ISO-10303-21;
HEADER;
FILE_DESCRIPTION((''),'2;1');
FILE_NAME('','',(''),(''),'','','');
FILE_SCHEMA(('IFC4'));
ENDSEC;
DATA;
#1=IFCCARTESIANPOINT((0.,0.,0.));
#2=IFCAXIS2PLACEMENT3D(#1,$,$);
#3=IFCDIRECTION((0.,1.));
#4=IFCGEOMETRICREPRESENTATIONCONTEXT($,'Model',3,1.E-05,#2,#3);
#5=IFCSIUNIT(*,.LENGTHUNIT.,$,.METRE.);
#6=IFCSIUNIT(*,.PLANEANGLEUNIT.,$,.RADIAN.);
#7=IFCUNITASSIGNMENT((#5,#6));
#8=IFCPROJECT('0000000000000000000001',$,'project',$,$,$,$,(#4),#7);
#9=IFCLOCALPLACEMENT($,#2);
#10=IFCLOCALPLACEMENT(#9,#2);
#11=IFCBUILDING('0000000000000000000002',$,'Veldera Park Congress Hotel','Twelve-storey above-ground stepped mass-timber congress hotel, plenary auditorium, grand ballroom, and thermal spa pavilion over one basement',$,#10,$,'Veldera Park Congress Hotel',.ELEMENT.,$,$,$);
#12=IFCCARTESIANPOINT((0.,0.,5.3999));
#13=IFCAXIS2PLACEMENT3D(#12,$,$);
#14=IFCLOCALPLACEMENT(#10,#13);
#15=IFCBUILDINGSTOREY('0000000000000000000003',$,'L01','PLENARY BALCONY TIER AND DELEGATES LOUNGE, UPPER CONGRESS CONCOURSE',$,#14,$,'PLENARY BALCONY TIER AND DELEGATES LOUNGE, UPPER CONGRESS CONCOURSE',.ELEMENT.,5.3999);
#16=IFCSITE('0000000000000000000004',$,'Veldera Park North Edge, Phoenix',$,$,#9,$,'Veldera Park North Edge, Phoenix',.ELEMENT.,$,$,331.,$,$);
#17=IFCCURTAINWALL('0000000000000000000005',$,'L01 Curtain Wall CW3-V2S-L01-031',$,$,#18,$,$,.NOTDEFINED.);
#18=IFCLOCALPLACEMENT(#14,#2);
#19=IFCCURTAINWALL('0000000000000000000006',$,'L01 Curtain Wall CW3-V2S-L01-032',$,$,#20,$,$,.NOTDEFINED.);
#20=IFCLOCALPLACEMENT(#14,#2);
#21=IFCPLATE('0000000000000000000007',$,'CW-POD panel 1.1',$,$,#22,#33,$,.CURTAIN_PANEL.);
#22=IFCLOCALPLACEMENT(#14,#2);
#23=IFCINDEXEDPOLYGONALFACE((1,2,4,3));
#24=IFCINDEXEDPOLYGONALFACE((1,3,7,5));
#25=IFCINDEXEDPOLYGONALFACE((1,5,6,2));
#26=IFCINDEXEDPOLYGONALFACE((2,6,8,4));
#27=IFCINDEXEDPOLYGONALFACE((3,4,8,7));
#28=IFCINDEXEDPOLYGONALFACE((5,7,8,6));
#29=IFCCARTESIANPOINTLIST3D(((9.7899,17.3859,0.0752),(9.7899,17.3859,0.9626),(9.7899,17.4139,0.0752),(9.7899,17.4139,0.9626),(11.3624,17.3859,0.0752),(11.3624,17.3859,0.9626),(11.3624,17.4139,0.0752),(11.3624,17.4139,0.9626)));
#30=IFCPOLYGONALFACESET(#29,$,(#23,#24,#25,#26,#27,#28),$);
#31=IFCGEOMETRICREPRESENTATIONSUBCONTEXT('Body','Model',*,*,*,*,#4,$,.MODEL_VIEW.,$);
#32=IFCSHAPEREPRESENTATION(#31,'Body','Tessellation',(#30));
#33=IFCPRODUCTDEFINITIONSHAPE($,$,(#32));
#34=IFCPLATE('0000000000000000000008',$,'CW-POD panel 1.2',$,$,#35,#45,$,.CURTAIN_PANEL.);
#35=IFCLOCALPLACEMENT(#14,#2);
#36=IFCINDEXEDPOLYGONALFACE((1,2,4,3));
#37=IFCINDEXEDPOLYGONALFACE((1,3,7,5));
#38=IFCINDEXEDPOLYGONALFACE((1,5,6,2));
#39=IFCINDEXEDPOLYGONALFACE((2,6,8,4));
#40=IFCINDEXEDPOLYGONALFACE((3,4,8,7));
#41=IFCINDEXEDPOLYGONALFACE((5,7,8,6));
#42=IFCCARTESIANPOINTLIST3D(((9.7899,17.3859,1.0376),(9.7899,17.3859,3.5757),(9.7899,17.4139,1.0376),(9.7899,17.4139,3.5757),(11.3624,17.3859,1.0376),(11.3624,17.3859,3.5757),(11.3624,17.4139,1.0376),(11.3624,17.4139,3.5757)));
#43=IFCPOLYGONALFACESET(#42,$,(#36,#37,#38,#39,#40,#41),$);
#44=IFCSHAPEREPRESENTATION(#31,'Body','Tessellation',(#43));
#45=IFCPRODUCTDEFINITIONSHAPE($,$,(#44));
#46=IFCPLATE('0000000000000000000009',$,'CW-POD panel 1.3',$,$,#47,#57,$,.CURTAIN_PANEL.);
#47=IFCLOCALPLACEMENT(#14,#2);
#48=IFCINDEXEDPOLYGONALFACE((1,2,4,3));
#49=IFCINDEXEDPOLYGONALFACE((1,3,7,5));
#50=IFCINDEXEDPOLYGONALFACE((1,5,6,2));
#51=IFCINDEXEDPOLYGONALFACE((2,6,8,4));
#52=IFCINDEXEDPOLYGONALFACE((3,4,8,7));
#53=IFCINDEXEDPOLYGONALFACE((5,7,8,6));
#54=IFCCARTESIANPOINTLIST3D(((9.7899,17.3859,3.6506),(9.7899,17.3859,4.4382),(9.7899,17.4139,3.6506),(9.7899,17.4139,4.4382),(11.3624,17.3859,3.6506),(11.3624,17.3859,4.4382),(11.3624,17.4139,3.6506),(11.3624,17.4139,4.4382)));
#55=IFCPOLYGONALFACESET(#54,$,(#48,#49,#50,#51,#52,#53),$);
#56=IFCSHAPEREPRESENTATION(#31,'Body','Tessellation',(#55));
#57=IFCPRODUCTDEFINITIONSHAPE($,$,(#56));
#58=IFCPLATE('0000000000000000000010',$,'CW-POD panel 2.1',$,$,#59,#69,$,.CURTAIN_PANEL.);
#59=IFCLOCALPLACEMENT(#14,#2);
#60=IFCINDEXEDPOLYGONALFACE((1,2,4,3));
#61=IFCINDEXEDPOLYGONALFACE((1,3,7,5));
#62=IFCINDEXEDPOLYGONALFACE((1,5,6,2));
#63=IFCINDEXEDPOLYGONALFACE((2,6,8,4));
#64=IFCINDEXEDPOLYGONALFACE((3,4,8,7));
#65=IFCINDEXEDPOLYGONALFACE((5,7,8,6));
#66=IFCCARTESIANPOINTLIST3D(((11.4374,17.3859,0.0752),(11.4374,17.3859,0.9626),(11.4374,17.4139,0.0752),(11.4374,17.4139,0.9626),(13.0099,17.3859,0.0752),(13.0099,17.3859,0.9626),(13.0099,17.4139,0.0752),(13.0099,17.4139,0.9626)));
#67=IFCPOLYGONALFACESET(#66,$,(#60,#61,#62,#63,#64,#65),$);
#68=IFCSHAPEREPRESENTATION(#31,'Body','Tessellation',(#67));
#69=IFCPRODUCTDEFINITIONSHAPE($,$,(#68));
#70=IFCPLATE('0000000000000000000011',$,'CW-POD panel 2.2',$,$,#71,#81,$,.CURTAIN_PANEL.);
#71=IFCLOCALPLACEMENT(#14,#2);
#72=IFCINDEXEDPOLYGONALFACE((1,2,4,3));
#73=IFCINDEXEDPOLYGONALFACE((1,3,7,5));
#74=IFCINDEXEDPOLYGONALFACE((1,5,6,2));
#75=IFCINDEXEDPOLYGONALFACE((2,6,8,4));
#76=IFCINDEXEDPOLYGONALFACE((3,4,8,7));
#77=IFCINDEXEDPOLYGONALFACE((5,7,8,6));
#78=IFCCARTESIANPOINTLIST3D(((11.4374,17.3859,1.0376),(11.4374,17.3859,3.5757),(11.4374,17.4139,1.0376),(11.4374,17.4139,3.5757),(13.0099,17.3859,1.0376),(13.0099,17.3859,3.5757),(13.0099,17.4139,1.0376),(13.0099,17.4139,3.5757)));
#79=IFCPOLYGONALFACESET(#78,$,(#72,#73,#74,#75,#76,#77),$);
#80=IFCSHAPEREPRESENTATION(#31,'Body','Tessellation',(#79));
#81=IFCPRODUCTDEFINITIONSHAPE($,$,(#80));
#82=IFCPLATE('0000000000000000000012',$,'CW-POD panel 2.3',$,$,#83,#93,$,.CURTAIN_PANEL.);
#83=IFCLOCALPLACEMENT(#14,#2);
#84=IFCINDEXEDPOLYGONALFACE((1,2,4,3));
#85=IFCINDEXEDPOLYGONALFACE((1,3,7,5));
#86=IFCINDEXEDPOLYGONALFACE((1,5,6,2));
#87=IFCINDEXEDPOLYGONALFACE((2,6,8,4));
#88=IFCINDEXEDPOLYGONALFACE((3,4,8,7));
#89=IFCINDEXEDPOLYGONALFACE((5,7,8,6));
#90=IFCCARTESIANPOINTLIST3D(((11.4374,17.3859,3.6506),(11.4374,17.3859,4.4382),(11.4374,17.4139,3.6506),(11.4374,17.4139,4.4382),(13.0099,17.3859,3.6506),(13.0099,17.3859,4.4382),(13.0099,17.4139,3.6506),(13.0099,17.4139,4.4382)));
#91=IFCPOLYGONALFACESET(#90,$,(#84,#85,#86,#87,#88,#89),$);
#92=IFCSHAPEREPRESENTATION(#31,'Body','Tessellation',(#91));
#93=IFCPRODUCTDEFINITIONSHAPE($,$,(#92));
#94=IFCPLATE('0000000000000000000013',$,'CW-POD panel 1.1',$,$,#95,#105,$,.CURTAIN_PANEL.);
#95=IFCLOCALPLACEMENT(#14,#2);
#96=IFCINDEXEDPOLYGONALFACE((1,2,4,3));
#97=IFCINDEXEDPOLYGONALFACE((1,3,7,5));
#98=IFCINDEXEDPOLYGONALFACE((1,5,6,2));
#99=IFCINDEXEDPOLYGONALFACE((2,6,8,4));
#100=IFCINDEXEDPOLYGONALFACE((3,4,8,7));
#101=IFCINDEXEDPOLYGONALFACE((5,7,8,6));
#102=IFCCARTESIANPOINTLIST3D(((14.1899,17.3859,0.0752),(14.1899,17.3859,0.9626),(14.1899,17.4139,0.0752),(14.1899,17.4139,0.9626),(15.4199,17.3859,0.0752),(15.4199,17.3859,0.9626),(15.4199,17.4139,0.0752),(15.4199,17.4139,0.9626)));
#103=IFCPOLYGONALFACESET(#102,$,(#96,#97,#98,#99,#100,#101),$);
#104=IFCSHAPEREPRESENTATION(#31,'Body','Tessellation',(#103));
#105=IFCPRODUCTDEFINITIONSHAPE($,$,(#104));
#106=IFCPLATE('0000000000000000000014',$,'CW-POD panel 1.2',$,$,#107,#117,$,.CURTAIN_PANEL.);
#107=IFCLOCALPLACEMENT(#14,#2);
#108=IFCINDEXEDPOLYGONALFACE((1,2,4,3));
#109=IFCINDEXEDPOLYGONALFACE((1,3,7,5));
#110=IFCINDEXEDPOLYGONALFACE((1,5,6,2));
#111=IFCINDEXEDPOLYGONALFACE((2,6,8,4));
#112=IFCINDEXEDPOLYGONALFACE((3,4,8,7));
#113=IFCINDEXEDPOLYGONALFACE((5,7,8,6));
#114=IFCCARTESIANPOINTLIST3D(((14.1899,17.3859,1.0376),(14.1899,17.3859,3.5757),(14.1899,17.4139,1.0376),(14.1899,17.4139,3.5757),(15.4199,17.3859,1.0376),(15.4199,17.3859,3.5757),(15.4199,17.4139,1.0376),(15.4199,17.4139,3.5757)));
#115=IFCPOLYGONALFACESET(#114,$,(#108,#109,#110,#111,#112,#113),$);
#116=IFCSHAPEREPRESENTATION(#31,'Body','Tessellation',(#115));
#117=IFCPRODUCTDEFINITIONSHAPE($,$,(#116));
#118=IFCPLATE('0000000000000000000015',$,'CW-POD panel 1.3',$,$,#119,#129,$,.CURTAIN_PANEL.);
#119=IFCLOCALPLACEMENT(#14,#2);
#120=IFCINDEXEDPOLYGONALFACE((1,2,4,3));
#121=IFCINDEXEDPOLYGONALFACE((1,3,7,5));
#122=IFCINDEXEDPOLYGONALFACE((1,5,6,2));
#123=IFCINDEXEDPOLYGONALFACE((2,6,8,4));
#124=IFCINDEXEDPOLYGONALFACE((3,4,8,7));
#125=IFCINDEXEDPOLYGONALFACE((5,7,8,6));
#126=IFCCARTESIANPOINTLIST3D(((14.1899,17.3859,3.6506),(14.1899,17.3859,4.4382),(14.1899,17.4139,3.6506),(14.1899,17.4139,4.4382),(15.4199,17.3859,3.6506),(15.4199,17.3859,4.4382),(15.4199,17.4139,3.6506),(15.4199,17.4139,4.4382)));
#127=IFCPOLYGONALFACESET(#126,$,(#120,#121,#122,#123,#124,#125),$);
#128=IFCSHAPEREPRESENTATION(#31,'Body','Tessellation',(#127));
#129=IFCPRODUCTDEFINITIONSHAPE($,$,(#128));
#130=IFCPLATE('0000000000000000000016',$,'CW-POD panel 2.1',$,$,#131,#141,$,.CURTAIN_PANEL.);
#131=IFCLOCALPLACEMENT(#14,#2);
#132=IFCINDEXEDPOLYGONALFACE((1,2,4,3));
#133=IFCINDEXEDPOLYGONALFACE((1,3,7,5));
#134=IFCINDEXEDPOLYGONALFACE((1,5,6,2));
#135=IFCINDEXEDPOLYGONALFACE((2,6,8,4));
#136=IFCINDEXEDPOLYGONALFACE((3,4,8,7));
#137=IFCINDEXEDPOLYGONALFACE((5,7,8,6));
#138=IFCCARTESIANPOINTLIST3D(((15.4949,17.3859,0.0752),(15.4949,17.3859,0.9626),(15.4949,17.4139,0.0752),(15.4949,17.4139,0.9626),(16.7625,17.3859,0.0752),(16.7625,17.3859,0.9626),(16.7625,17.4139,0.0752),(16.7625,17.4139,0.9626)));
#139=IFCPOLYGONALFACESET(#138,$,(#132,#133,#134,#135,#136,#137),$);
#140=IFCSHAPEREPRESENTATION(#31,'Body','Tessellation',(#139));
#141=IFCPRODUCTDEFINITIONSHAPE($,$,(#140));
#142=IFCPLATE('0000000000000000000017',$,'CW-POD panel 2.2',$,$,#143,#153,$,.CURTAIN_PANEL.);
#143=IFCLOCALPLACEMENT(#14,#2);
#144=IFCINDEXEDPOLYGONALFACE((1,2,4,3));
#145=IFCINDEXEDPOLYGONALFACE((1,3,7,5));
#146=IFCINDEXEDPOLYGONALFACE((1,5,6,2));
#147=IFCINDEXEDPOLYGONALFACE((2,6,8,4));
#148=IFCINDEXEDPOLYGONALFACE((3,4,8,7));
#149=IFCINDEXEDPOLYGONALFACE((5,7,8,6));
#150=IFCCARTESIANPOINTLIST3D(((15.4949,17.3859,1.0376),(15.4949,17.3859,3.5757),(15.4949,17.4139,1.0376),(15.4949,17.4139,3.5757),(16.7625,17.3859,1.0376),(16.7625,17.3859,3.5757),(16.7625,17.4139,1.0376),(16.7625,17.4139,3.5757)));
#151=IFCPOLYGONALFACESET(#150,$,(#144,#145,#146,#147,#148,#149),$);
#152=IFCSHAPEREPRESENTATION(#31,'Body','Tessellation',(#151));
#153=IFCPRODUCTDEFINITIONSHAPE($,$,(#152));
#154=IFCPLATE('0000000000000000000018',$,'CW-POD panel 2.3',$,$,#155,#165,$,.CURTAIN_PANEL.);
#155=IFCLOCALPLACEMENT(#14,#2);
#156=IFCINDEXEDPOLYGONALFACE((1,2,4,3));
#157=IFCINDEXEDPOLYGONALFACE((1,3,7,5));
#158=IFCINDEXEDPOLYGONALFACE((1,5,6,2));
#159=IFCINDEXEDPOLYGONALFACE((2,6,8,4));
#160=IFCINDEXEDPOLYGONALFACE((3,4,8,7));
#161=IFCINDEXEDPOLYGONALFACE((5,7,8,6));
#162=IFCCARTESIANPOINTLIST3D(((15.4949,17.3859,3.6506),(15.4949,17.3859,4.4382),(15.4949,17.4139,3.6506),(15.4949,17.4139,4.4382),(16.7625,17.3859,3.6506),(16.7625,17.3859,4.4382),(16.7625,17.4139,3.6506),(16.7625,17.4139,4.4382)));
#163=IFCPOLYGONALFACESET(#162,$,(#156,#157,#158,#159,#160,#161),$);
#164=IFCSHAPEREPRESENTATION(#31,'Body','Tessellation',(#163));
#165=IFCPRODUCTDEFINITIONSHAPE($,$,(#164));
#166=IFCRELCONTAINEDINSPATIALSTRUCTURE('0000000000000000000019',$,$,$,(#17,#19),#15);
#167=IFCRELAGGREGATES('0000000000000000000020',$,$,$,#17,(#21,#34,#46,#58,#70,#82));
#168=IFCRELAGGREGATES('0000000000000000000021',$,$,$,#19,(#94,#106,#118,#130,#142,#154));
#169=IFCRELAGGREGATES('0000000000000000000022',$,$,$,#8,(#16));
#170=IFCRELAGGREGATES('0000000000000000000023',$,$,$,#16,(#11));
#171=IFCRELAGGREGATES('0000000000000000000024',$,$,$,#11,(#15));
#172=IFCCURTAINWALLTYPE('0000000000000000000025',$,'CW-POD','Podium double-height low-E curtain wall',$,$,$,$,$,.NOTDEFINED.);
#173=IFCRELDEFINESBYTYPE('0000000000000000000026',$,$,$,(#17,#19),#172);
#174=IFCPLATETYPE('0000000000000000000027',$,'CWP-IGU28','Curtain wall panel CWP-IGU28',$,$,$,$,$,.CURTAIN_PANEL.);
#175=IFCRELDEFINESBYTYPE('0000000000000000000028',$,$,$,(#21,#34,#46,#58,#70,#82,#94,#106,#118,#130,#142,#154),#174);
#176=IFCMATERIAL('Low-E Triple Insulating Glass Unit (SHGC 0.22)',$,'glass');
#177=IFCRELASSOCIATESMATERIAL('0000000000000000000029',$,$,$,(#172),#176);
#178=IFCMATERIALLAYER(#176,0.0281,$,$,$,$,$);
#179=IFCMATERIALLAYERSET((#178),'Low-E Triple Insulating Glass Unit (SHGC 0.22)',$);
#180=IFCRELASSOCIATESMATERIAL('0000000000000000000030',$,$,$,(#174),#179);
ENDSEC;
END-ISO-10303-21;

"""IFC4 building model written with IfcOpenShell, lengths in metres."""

from ifc_helpers import new_model, si_unit, direction, frame, origin, origin_2d, place, context, subcontext, project, spatial, rectangle, extrude, material, layer, layer_set, type_object, element, aggregate, save


model = new_model("IFC4")

# Units and contexts
model_context = context("Model", 3, precision=1e-05, world=origin(), true_north=direction((0.0, 1.0)))
body_context = subcontext(model_context, "Body", "Model", "MODEL_VIEW")
ifc_project = project(units=[si_unit("LENGTHUNIT", "METRE"), si_unit("PLANEANGLEUNIT", "RADIAN")], contexts=[model_context])

# Site, building, storey
site_placement = place(None, origin())
site = spatial("IfcSite", under=ifc_project, at=site_placement, Name="Veldera Park North Edge, Phoenix", LongName="Veldera Park North Edge, Phoenix", CompositionType="ELEMENT", RefElevation=331.0)
building_placement = place(site_placement, origin())
building = spatial("IfcBuilding", under=site, at=building_placement, Name="Veldera Park Congress Hotel", Description="Twelve-storey above-ground stepped mass-timber congress hotel, plenary auditorium, grand ballroom, and thermal spa pavilion over one basement", LongName="Veldera Park Congress Hotel", CompositionType="ELEMENT")
storey_placement = place(building_placement, frame((0.0, 0.0, 5.3999)))
storey = spatial("IfcBuildingStorey", under=building, at=storey_placement, Name="L01", Description="PLENARY BALCONY TIER AND DELEGATES LOUNGE, UPPER CONGRESS CONCOURSE", LongName="PLENARY BALCONY TIER AND DELEGATES LOUNGE, UPPER CONGRESS CONCOURSE", CompositionType="ELEMENT", Elevation=5.3999)

# Curtain walls
ifc_material_1 = material(Name="Low-E Triple Insulating Glass Unit (SHGC 0.22)", Category="glass")
curtain_wall_type = type_object("IfcCurtainWallType", Name="CW-POD", Description="Podium double-height low-E curtain wall", PredefinedType="NOTDEFINED", material=ifc_material_1)
curtain_wall_1_placement = place(storey_placement, origin())
curtain_wall_1 = element("IfcCurtainWall", 1, at=curtain_wall_1_placement, inside=storey, type_object=curtain_wall_type, Name="L01 Curtain Wall CW3-V2S-L01-031", PredefinedType="NOTDEFINED")
curtain_wall_2_placement = place(storey_placement, origin())
curtain_wall_2 = element("IfcCurtainWall", 2, at=curtain_wall_2_placement, inside=storey, type_object=curtain_wall_type, Name="L01 Curtain Wall CW3-V2S-L01-032", PredefinedType="NOTDEFINED")

# Plates
ifc_layer = layer(ifc_material_1, 0.0281)
ifc_layer_set = layer_set([ifc_layer], Name="Low-E Triple Insulating Glass Unit (SHGC 0.22)")
plate_type = type_object("IfcPlateType", Name="CWP-IGU28", Description="Curtain wall panel CWP-IGU28", PredefinedType="CURTAIN_PANEL", material=ifc_layer_set)
plate_1_placement = place(storey_placement, frame((10.5762, 17.3999, 0.0752), z_axis=(0.0, 0.0, 1.0), x_axis=(1.0, 0.0, 0.0)))
plate_1 = element("IfcPlate", 3, at=plate_1_placement, type_object=plate_type, Name="CW-POD panel 1.1", PredefinedType="CURTAIN_PANEL", context=body_context, shape_type="SweptSolid", body=[
    extrude(rectangle(XDim=1.5725, YDim=0.0281, at=origin_2d()), origin(), (0.0, 0.0, 1.0), 0.8875),
])
plate_2_placement = place(storey_placement, frame((10.5762, 17.3999, 1.0376), z_axis=(0.0, 0.0, 1.0), x_axis=(1.0, 0.0, 0.0)))
plate_2 = element("IfcPlate", 4, at=plate_2_placement, type_object=plate_type, Name="CW-POD panel 1.2", PredefinedType="CURTAIN_PANEL", context=body_context, shape_type="SweptSolid", body=[
    extrude(rectangle(XDim=1.5725, YDim=0.0281, at=origin_2d()), origin(), (0.0, 0.0, 1.0), 2.5381),
])
plate_3_placement = place(storey_placement, frame((10.5762, 17.3999, 3.6506), z_axis=(0.0, 0.0, 1.0), x_axis=(1.0, 0.0, 0.0)))
plate_3 = element("IfcPlate", 5, at=plate_3_placement, type_object=plate_type, Name="CW-POD panel 1.3", PredefinedType="CURTAIN_PANEL", context=body_context, shape_type="SweptSolid", body=[
    extrude(rectangle(XDim=1.5725, YDim=0.0281, at=origin_2d()), origin(), (0.0, 0.0, 1.0), 0.7876),
])
plate_4_placement = place(storey_placement, frame((12.2236, 17.3999, 0.0752), z_axis=(0.0, 0.0, 1.0), x_axis=(1.0, 0.0, 0.0)))
plate_4 = element("IfcPlate", 6, at=plate_4_placement, type_object=plate_type, Name="CW-POD panel 2.1", PredefinedType="CURTAIN_PANEL", context=body_context, shape_type="SweptSolid", body=[
    extrude(rectangle(XDim=1.5725, YDim=0.0281, at=origin_2d()), origin(), (0.0, 0.0, 1.0), 0.8875),
])
plate_5_placement = place(storey_placement, frame((12.2236, 17.3999, 1.0376), z_axis=(0.0, 0.0, 1.0), x_axis=(1.0, 0.0, 0.0)))
plate_5 = element("IfcPlate", 7, at=plate_5_placement, type_object=plate_type, Name="CW-POD panel 2.2", PredefinedType="CURTAIN_PANEL", context=body_context, shape_type="SweptSolid", body=[
    extrude(rectangle(XDim=1.5725, YDim=0.0281, at=origin_2d()), origin(), (0.0, 0.0, 1.0), 2.5381),
])
plate_6_placement = place(storey_placement, frame((12.2236, 17.3999, 3.6506), z_axis=(0.0, 0.0, 1.0), x_axis=(1.0, 0.0, 0.0)))
plate_6 = element("IfcPlate", 8, at=plate_6_placement, type_object=plate_type, Name="CW-POD panel 2.3", PredefinedType="CURTAIN_PANEL", context=body_context, shape_type="SweptSolid", body=[
    extrude(rectangle(XDim=1.5725, YDim=0.0281, at=origin_2d()), origin(), (0.0, 0.0, 1.0), 0.7876),
])
aggregate(curtain_wall_1, [plate_1, plate_2, plate_3, plate_4, plate_5, plate_6])
plate_7_placement = place(storey_placement, frame((14.8049, 17.3999, 0.0752), z_axis=(0.0, 0.0, 1.0), x_axis=(1.0, 0.0, 0.0)))
plate_7 = element("IfcPlate", 9, at=plate_7_placement, type_object=plate_type, Name="CW-POD panel 1.1", PredefinedType="CURTAIN_PANEL", context=body_context, shape_type="SweptSolid", body=[
    extrude(rectangle(XDim=1.23, YDim=0.0281, at=origin_2d()), origin(), (0.0, 0.0, 1.0), 0.8875),
])
plate_8_placement = place(storey_placement, frame((14.8049, 17.3999, 1.0376), z_axis=(0.0, 0.0, 1.0), x_axis=(1.0, 0.0, 0.0)))
plate_8 = element("IfcPlate", 10, at=plate_8_placement, type_object=plate_type, Name="CW-POD panel 1.2", PredefinedType="CURTAIN_PANEL", context=body_context, shape_type="SweptSolid", body=[
    extrude(rectangle(XDim=1.23, YDim=0.0281, at=origin_2d()), origin(), (0.0, 0.0, 1.0), 2.5381),
])
plate_9_placement = place(storey_placement, frame((14.8049, 17.3999, 3.6506), z_axis=(0.0, 0.0, 1.0), x_axis=(1.0, 0.0, 0.0)))
plate_9 = element("IfcPlate", 11, at=plate_9_placement, type_object=plate_type, Name="CW-POD panel 1.3", PredefinedType="CURTAIN_PANEL", context=body_context, shape_type="SweptSolid", body=[
    extrude(rectangle(XDim=1.23, YDim=0.0281, at=origin_2d()), origin(), (0.0, 0.0, 1.0), 0.7876),
])
plate_10_placement = place(storey_placement, frame((16.1287, 17.3999, 0.0752), z_axis=(0.0, 0.0, 1.0), x_axis=(1.0, 0.0, 0.0)))
plate_10 = element("IfcPlate", 12, at=plate_10_placement, type_object=plate_type, Name="CW-POD panel 2.1", PredefinedType="CURTAIN_PANEL", context=body_context, shape_type="SweptSolid", body=[
    extrude(rectangle(XDim=1.2676, YDim=0.0281, at=origin_2d()), origin(), (0.0, 0.0, 1.0), 0.8875),
])
plate_11_placement = place(storey_placement, frame((16.1287, 17.3999, 1.0376), z_axis=(0.0, 0.0, 1.0), x_axis=(1.0, 0.0, 0.0)))
plate_11 = element("IfcPlate", 13, at=plate_11_placement, type_object=plate_type, Name="CW-POD panel 2.2", PredefinedType="CURTAIN_PANEL", context=body_context, shape_type="SweptSolid", body=[
    extrude(rectangle(XDim=1.2676, YDim=0.0281, at=origin_2d()), origin(), (0.0, 0.0, 1.0), 2.5381),
])
plate_12_placement = place(storey_placement, frame((16.1287, 17.3999, 3.6506), z_axis=(0.0, 0.0, 1.0), x_axis=(1.0, 0.0, 0.0)))
plate_12 = element("IfcPlate", 14, at=plate_12_placement, type_object=plate_type, Name="CW-POD panel 2.3", PredefinedType="CURTAIN_PANEL", context=body_context, shape_type="SweptSolid", body=[
    extrude(rectangle(XDim=1.2676, YDim=0.0281, at=origin_2d()), origin(), (0.0, 0.0, 1.0), 0.7876),
])
aggregate(curtain_wall_2, [plate_7, plate_8, plate_9, plate_10, plate_11, plate_12])

save(model, "model.ifc")
